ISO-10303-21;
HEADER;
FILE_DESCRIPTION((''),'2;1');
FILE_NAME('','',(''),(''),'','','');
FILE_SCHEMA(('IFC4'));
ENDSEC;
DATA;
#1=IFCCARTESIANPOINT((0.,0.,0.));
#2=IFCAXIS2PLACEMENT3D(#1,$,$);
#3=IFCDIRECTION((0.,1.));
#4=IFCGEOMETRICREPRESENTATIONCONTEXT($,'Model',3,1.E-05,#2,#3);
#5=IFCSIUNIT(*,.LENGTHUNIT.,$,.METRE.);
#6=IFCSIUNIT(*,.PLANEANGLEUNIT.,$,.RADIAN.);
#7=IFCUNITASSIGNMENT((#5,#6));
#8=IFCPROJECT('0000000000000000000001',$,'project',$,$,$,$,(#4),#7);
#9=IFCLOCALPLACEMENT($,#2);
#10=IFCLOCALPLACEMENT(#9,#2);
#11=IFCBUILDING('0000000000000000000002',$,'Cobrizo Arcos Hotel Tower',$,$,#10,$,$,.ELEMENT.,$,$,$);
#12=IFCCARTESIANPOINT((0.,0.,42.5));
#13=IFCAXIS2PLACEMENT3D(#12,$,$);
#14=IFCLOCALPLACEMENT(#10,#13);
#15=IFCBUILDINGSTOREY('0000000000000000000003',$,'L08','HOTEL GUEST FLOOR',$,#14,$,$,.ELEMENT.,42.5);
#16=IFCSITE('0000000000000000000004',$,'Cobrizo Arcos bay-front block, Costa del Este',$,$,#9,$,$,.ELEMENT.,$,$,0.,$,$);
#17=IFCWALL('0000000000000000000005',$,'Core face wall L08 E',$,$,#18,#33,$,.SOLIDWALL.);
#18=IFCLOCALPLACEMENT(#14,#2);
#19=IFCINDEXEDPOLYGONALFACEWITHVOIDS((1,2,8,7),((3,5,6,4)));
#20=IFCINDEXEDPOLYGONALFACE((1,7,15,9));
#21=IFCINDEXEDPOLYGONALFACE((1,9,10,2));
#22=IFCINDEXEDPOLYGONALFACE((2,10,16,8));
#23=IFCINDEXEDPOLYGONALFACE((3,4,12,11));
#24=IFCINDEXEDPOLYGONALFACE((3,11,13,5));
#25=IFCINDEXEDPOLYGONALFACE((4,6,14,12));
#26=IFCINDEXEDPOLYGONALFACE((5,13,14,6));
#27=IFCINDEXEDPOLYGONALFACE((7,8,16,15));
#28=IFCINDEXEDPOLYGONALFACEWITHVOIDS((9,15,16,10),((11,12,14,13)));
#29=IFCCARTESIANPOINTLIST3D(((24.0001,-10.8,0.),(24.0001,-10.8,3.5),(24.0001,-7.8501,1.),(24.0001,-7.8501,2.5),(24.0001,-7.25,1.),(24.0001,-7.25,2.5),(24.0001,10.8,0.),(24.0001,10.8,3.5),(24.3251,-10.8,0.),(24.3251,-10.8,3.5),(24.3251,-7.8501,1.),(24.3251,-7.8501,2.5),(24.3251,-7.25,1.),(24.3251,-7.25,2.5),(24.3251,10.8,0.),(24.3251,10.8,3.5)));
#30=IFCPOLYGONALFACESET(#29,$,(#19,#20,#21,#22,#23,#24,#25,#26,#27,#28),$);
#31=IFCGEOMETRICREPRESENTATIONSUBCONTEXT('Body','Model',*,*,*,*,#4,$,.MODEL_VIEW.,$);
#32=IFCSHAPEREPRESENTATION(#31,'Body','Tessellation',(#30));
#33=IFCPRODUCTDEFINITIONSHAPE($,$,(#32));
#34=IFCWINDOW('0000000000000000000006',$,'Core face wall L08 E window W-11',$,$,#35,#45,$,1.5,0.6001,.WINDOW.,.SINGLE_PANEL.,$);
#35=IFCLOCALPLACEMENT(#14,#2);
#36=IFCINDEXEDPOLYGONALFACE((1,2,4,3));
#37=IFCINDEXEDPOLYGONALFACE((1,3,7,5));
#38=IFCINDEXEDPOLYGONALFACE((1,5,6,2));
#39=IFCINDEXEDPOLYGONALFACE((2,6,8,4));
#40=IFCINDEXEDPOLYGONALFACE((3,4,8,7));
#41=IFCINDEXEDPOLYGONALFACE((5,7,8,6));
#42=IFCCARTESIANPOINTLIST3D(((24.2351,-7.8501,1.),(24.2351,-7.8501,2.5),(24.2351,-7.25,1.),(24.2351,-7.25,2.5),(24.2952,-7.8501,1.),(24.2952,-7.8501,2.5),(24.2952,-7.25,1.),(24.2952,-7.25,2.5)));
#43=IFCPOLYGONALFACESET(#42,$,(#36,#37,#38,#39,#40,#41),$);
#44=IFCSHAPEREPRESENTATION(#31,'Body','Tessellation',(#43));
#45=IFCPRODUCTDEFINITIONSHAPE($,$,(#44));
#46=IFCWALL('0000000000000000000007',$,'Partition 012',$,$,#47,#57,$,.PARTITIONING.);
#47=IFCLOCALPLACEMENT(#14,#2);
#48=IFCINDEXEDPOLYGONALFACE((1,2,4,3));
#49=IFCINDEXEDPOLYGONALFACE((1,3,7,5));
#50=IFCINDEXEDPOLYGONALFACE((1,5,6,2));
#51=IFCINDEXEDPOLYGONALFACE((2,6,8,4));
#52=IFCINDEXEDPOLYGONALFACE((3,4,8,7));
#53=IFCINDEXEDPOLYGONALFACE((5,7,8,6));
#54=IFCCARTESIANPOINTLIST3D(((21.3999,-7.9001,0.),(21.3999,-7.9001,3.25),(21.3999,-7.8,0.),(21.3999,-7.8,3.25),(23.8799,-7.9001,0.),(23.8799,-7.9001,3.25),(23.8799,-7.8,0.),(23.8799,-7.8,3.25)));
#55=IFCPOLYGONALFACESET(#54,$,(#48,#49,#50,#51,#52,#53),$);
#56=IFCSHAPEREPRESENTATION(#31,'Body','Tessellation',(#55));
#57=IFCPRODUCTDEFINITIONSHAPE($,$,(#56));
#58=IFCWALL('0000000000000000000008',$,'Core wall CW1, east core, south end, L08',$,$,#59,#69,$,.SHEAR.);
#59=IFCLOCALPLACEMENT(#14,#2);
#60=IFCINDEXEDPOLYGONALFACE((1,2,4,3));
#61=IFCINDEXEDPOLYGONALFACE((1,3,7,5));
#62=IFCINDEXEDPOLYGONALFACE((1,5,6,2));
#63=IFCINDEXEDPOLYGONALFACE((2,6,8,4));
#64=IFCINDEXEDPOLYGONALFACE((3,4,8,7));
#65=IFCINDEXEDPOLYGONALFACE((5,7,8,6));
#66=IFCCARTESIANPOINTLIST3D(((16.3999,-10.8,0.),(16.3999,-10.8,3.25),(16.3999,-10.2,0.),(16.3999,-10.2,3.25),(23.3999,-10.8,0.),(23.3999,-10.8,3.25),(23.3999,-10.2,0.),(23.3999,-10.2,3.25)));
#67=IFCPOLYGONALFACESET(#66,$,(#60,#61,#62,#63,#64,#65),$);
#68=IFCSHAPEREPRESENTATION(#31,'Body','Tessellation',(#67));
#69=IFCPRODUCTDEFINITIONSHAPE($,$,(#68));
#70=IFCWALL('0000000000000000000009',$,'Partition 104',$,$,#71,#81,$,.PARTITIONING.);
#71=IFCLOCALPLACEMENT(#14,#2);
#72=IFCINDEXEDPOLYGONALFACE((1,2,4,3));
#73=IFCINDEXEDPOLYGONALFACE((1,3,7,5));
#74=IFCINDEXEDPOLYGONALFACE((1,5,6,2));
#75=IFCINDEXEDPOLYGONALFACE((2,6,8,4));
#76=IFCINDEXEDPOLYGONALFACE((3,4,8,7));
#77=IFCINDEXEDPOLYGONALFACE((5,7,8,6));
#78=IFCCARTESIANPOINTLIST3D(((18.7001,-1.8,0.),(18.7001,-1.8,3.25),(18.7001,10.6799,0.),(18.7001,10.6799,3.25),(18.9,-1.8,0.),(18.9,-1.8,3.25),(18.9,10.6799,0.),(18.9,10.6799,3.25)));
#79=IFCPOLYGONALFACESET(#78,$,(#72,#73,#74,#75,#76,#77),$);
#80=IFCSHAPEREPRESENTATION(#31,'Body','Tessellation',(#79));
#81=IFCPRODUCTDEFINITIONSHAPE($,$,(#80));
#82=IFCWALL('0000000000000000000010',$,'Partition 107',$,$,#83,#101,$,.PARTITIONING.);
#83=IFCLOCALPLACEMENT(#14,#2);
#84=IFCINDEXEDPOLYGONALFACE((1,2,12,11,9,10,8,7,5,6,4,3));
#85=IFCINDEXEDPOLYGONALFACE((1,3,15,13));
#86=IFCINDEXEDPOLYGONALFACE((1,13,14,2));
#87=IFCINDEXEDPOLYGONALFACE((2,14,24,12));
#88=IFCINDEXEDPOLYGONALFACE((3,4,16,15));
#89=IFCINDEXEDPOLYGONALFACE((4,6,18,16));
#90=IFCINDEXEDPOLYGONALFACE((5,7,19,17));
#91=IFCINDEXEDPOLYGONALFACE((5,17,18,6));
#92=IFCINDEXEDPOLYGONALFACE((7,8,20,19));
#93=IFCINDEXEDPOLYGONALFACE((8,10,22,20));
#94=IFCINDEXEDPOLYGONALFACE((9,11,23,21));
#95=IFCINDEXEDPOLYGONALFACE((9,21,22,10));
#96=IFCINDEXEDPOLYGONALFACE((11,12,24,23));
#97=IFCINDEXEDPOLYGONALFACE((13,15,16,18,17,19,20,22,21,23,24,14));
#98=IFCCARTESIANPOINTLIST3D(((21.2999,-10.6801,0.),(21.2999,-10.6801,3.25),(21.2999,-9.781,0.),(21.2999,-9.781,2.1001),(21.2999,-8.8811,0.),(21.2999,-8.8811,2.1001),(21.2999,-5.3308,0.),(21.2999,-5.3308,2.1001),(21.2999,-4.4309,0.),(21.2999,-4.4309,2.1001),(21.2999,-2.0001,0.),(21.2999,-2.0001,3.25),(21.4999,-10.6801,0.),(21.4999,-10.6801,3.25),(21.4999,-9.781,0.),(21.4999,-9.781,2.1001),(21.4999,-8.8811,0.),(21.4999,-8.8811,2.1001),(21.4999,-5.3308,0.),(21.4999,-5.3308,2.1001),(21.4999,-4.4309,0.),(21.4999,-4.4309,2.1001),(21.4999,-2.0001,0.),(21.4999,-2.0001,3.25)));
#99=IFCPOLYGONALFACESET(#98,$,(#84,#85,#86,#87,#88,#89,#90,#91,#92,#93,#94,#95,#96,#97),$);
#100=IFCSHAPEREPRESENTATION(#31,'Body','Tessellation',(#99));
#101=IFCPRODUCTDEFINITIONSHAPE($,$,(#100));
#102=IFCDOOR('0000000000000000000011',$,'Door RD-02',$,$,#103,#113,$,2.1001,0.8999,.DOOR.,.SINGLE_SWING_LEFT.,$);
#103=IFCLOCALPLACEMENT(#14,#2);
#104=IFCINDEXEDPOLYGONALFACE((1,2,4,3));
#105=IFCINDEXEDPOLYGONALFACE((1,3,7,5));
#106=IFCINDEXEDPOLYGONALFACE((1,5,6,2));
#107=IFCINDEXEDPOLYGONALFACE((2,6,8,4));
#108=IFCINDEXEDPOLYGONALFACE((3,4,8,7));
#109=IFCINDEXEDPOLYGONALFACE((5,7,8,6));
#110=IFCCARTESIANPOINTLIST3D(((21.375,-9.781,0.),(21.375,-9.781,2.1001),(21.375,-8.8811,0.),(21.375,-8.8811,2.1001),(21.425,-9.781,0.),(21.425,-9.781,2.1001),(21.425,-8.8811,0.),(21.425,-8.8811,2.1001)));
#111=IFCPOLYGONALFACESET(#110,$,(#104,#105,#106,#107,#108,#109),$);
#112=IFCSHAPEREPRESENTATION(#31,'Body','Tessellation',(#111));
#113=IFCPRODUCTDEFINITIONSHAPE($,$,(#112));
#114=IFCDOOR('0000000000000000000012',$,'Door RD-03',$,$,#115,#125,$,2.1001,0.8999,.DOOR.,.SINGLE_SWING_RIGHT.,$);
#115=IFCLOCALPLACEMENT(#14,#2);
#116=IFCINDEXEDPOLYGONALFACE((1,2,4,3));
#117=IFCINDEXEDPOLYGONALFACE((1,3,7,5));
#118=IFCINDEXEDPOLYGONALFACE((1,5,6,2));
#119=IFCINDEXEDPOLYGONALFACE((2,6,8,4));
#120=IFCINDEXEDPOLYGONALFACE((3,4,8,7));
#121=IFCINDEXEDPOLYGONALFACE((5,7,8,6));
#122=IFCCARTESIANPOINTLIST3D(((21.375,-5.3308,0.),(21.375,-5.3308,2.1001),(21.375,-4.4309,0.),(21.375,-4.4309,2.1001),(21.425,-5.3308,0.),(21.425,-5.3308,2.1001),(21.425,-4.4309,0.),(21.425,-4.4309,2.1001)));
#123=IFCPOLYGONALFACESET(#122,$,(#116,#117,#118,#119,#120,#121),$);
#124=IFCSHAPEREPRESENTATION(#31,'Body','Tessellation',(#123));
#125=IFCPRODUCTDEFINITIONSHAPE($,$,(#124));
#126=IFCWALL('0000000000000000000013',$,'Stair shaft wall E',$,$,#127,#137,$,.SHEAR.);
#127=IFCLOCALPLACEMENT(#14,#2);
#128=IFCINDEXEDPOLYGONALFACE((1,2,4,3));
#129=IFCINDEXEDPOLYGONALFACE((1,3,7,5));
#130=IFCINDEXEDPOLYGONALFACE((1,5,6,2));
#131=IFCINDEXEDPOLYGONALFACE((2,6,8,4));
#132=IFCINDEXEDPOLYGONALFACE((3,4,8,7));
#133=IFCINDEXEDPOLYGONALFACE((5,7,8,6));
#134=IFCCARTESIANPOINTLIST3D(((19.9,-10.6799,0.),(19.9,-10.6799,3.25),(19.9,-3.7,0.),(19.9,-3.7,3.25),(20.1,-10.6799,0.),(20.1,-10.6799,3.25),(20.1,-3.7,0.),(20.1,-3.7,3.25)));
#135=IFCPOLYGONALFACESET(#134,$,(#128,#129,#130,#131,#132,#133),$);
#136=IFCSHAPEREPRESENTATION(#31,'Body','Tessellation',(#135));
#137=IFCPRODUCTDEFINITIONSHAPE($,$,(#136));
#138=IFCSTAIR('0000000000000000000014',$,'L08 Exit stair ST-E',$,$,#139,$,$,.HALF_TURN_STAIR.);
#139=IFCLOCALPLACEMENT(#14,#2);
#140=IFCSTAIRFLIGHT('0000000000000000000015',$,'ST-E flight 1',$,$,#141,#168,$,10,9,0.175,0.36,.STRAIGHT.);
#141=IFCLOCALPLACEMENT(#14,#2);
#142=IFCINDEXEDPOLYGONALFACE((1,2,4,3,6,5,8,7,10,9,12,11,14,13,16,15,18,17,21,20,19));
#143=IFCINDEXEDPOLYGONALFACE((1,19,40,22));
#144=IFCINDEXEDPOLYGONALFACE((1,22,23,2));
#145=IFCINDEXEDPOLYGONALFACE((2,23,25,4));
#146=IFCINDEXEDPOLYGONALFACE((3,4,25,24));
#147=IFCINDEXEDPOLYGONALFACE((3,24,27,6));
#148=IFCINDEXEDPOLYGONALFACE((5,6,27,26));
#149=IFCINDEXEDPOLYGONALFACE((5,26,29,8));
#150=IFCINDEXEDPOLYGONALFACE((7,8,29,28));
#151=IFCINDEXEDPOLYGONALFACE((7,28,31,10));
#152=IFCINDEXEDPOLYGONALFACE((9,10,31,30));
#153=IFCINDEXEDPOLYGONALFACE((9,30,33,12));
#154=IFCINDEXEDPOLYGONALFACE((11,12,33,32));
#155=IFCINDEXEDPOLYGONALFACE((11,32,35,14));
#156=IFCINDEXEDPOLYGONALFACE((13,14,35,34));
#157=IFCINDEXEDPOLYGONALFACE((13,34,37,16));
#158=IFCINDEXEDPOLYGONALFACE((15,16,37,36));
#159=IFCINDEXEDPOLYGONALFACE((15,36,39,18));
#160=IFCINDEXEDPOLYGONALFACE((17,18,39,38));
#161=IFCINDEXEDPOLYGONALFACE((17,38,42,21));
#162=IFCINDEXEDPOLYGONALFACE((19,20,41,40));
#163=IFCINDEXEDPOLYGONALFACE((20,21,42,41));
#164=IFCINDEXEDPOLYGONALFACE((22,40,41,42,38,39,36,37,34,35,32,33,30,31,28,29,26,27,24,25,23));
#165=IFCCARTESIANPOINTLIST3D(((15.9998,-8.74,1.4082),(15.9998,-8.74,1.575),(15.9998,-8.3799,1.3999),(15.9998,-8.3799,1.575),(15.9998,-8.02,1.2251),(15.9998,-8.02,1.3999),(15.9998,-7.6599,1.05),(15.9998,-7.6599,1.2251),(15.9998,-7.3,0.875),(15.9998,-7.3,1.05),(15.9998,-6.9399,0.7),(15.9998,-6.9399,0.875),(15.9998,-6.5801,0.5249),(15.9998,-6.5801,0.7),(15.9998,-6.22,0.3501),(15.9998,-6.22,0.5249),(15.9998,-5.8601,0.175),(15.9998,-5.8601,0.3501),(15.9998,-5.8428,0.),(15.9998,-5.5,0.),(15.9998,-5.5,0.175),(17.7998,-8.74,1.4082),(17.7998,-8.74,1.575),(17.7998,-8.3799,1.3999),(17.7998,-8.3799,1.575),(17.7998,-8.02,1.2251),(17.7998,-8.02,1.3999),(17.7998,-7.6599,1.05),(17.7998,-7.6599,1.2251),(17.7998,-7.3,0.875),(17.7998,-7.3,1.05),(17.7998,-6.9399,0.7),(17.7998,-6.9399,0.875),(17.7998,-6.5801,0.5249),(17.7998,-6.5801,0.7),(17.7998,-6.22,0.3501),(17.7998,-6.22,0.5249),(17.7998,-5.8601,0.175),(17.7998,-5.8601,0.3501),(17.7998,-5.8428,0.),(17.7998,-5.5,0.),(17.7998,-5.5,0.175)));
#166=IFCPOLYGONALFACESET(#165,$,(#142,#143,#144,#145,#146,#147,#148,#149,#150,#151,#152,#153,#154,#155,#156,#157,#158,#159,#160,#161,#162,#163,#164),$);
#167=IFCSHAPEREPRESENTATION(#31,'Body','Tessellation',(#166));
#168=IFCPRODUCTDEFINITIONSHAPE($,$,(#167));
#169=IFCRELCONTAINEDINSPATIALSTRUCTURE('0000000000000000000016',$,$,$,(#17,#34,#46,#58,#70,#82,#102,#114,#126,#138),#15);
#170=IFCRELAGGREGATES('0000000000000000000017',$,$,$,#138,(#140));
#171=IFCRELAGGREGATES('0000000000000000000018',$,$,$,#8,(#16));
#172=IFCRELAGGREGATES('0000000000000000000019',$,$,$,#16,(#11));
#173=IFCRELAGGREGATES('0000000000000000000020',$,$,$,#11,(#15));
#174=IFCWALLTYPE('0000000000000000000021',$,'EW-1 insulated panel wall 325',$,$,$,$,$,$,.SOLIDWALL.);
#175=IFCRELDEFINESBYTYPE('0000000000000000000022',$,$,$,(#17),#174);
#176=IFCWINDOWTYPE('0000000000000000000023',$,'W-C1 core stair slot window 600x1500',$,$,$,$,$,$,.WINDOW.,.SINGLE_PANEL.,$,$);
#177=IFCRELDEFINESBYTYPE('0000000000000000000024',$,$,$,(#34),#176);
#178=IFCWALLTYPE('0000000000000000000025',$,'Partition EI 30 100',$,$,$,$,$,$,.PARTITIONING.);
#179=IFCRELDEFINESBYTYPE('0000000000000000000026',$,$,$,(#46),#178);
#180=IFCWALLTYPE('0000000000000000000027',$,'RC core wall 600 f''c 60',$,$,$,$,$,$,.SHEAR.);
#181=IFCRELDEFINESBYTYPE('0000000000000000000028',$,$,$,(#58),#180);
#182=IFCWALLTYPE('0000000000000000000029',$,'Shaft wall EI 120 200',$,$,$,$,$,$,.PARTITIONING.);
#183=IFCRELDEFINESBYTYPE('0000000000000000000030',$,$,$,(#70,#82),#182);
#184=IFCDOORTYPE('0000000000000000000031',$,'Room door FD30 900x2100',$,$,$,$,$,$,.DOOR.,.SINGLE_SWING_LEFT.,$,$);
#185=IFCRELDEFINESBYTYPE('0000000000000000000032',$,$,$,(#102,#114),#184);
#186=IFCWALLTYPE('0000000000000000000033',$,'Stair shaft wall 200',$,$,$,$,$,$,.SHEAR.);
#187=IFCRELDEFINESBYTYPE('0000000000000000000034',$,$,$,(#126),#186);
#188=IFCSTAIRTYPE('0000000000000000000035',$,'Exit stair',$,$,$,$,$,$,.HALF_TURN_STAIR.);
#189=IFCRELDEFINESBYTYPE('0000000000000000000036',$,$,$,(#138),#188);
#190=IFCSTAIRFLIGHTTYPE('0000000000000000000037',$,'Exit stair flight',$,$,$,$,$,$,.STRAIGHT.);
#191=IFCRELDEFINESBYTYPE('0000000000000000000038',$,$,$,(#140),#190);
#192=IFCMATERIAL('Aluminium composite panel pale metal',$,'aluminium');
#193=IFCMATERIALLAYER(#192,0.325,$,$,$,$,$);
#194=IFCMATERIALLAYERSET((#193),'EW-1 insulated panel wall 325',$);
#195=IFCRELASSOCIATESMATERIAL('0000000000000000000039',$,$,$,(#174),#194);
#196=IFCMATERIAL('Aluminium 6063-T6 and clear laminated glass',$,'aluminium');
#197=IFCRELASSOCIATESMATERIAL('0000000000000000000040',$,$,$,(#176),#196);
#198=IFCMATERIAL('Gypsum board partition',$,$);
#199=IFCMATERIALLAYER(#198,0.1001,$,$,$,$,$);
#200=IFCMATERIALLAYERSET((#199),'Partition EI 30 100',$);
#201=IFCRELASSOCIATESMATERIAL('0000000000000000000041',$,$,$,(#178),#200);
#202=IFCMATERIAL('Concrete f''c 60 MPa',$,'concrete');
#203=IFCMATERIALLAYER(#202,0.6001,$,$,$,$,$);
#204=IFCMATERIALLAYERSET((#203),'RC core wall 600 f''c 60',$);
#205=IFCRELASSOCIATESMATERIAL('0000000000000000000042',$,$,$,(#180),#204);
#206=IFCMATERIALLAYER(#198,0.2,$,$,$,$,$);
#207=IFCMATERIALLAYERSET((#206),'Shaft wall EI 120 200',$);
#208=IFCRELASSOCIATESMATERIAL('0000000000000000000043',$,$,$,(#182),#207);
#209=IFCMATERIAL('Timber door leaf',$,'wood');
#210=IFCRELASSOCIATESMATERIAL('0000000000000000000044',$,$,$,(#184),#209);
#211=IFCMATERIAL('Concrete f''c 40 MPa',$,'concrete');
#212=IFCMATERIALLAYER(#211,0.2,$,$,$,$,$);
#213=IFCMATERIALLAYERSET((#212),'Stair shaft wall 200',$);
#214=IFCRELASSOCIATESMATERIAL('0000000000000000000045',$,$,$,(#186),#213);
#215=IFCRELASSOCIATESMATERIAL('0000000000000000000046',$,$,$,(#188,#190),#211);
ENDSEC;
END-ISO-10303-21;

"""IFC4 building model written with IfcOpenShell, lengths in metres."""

from ifc_helpers import new_model, si_unit, direction, frame, frame_2d, origin, place, context, subcontext, project, spatial, polyline, rectangle, outline, extrude, material, layer, layer_set, type_object, element, fill, aggregate, save


model = new_model("IFC4")

# Units and contexts
model_context = context("Model", 3, precision=1e-05, world=origin(), true_north=direction((0.0, 1.0)))
body_context = subcontext(model_context, "Body", "Model", "MODEL_VIEW")
ifc_project = project(units=[si_unit("LENGTHUNIT", "METRE"), si_unit("PLANEANGLEUNIT", "RADIAN")], contexts=[model_context])

# Site, building, storey
site_placement = place(None, origin())
site = spatial("IfcSite", under=ifc_project, at=site_placement, Name="Cobrizo Arcos bay-front block, Costa del Este", CompositionType="ELEMENT", RefElevation=0.0)
building_placement = place(site_placement, origin())
building = spatial("IfcBuilding", under=site, at=building_placement, Name="Cobrizo Arcos Hotel Tower", CompositionType="ELEMENT")
storey_placement = place(building_placement, frame((0.0, 0.0, 42.5)))
storey = spatial("IfcBuildingStorey", under=building, at=storey_placement, Name="L08", Description="HOTEL GUEST FLOOR", CompositionType="ELEMENT", Elevation=42.5)

# Wall, opening, window
ifc_material_1 = material(Name="Aluminium composite panel pale metal", Category="aluminium")
ifc_layer_1 = layer(ifc_material_1, 0.325)
ifc_layer_set_1 = layer_set([ifc_layer_1], Name="EW-1 insulated panel wall 325")
wall_type_1 = type_object("IfcWallType", Name="EW-1 insulated panel wall 325", PredefinedType="SOLIDWALL", material=ifc_layer_set_1)
wall_1_placement = place(storey_placement, frame((24.1626, -10.8, 0.0), z_axis=(0.0, 0.0, 1.0), x_axis=(0.0, 1.0, 0.0)))
wall_1 = element("IfcWall", 1, at=wall_1_placement, inside=storey, type_object=wall_type_1, Name="Core face wall L08 E", PredefinedType="SOLIDWALL", context=body_context, shape_type="SweptSolid", body=[
    extrude(rectangle(XDim=21.6001, YDim=0.325, at=frame_2d((10.8, 0.0))), origin(), (0.0, 0.0, 1.0), 3.5),
])
opening_1_placement = place(wall_1_placement, frame((2.95, 0.0, 1.0)))
opening_1 = element("IfcOpeningElement", 2, at=opening_1_placement, cuts=wall_1, PredefinedType="OPENING", context=body_context, shape_type="SweptSolid", body=[
    extrude(rectangle(XDim=0.6001, YDim=1.5, at=frame_2d((0.3, 0.75))), frame((0.0, 0.1746, 0.0), z_axis=(0.0, -1.0, 0.0), x_axis=(1.0, 0.0, 0.0)), (0.0, 0.0, 1.0), 0.3489),
])
ifc_material_2 = material(Name="Aluminium 6063-T6 and clear laminated glass", Category="aluminium")
window_type = type_object("IfcWindowType", Name="W-C1 core stair slot window 600x1500", PartitioningType="SINGLE_PANEL", PredefinedType="WINDOW", material=ifc_material_2)
window_placement = place(opening_1_placement, origin())
window = element("IfcWindow", 3, at=window_placement, inside=storey, type_object=window_type, Name="Core face wall L08 E window W-11", OverallHeight=1.5, OverallWidth=0.6001, PartitioningType="SINGLE_PANEL", PredefinedType="WINDOW", context=body_context, shape_type="SweptSolid", body=[
    extrude(rectangle(XDim=0.6001, YDim=1.5, at=frame_2d((0.3, 0.75))), frame((0.0, -0.0725, 0.0), z_axis=(0.0, -1.0, 0.0), x_axis=(1.0, 0.0, 0.0)), (0.0, 0.0, 1.0), 0.0601),
])
fill(opening_1, window)

# Walls
ifc_material_3 = material(Name="Gypsum board partition")
ifc_layer_2 = layer(ifc_material_3, 0.1001)
ifc_layer_set_2 = layer_set([ifc_layer_2], Name="Partition EI 30 100")
wall_type_2 = type_object("IfcWallType", Name="Partition EI 30 100", PredefinedType="PARTITIONING", material=ifc_layer_set_2)
wall_2_placement = place(storey_placement, frame((21.3999, -7.8501, 0.0), z_axis=(0.0, 0.0, 1.0), x_axis=(1.0, 0.0, 0.0)))
element("IfcWall", 4, at=wall_2_placement, inside=storey, type_object=wall_type_2, Name="Partition 012", PredefinedType="PARTITIONING", context=body_context, shape_type="SweptSolid", body=[
    extrude(rectangle(XDim=2.48, YDim=0.1001, at=frame_2d((1.24, 0.0))), origin(), (0.0, 0.0, 1.0), 3.25),
])
ifc_material_4 = material(Name="Concrete f'c 60 MPa", Category="concrete")
ifc_layer_3 = layer(ifc_material_4, 0.6001)
ifc_layer_set_3 = layer_set([ifc_layer_3], Name="RC core wall 600 f'c 60")
wall_type_3 = type_object("IfcWallType", Name="RC core wall 600 f'c 60", PredefinedType="SHEAR", material=ifc_layer_set_3)
wall_3_placement = place(storey_placement, frame((16.3999, -10.5, 0.0), z_axis=(0.0, 0.0, 1.0), x_axis=(1.0, 0.0, 0.0)))
element("IfcWall", 5, at=wall_3_placement, inside=storey, type_object=wall_type_3, Name="Core wall CW1, east core, south end, L08", PredefinedType="SHEAR", context=body_context, shape_type="SweptSolid", body=[
    extrude(rectangle(XDim=7.0, YDim=0.6001, at=frame_2d((3.5, 0.0))), origin(), (0.0, 0.0, 1.0), 3.25),
])
ifc_layer_4 = layer(ifc_material_3, 0.2)
ifc_layer_set_4 = layer_set([ifc_layer_4], Name="Shaft wall EI 120 200")
wall_type_4 = type_object("IfcWallType", Name="Shaft wall EI 120 200", PredefinedType="PARTITIONING", material=ifc_layer_set_4)
wall_4_placement = place(storey_placement, frame((18.8, -1.8, 0.0), z_axis=(0.0, 0.0, 1.0), x_axis=(0.0, 1.0, 0.0)))
element("IfcWall", 6, at=wall_4_placement, inside=storey, type_object=wall_type_4, Name="Partition 104", PredefinedType="PARTITIONING", context=body_context, shape_type="SweptSolid", body=[
    extrude(rectangle(XDim=12.48, YDim=0.2, at=frame_2d((6.24, 0.0))), origin(), (0.0, 0.0, 1.0), 3.25),
])

# Wall, openings, doors
wall_5_placement = place(storey_placement, frame((21.3999, -10.6799, 0.0), z_axis=(0.0, 0.0, 1.0), x_axis=(0.0, 1.0, 0.0)))
wall_5 = element("IfcWall", 7, at=wall_5_placement, inside=storey, type_object=wall_type_4, Name="Partition 107", PredefinedType="PARTITIONING", context=body_context, shape_type="SweptSolid", body=[
    extrude(rectangle(XDim=8.6799, YDim=0.2, at=frame_2d((4.3398, 0.0))), origin(), (0.0, 0.0, 1.0), 3.25),
])
opening_2_placement = place(wall_5_placement, frame((0.8989, 0.0, 0.0)))
opening_2 = element("IfcOpeningElement", 8, at=opening_2_placement, cuts=wall_5, PredefinedType="OPENING", context=body_context, shape_type="SweptSolid", body=[
    extrude(rectangle(XDim=0.8999, YDim=2.1001, at=frame_2d((0.45, 1.05))), frame((0.0, 0.1121, 0.0), z_axis=(0.0, -1.0, 0.0), x_axis=(1.0, 0.0, 0.0)), (0.0, 0.0, 1.0), 0.2239),
])
opening_3_placement = place(wall_5_placement, frame((5.3491, 0.0, 0.0)))
opening_3 = element("IfcOpeningElement", 9, at=opening_3_placement, cuts=wall_5, PredefinedType="OPENING", context=body_context, shape_type="SweptSolid", body=[
    extrude(rectangle(XDim=0.8999, YDim=2.1001, at=frame_2d((0.45, 1.05))), frame((0.0, 0.1121, 0.0), z_axis=(0.0, -1.0, 0.0), x_axis=(1.0, 0.0, 0.0)), (0.0, 0.0, 1.0), 0.2239),
])
ifc_material_5 = material(Name="Timber door leaf", Category="wood")
door_type = type_object("IfcDoorType", Name="Room door FD30 900x2100", OperationType="SINGLE_SWING_LEFT", PredefinedType="DOOR", material=ifc_material_5)
door_1_placement = place(opening_2_placement, origin())
door_1 = element("IfcDoor", 10, at=door_1_placement, inside=storey, type_object=door_type, Name="Door RD-02", OperationType="SINGLE_SWING_LEFT", OverallHeight=2.1001, OverallWidth=0.8999, PredefinedType="DOOR", context=body_context, shape_type="SweptSolid", body=[
    extrude(rectangle(XDim=0.8999, YDim=2.1001, at=frame_2d((0.45, 1.05))), frame((0.0, 0.0249, 0.0), z_axis=(0.0, -1.0, 0.0), x_axis=(1.0, 0.0, 0.0)), (0.0, 0.0, 1.0), 0.05),
])
fill(opening_2, door_1)
door_2_placement = place(opening_3_placement, origin())
door_2 = element("IfcDoor", 11, at=door_2_placement, inside=storey, type_object=door_type, Name="Door RD-03", OperationType="SINGLE_SWING_RIGHT", OverallHeight=2.1001, OverallWidth=0.8999, PredefinedType="DOOR", context=body_context, shape_type="SweptSolid", body=[
    extrude(rectangle(XDim=0.8999, YDim=2.1001, at=frame_2d((0.45, 1.05))), frame((0.0, 0.0249, 0.0), z_axis=(0.0, -1.0, 0.0), x_axis=(1.0, 0.0, 0.0)), (0.0, 0.0, 1.0), 0.05),
])
fill(opening_3, door_2)

# Wall
ifc_material_6 = material(Name="Concrete f'c 40 MPa", Category="concrete")
ifc_layer_5 = layer(ifc_material_6, 0.2)
ifc_layer_set_5 = layer_set([ifc_layer_5], Name="Stair shaft wall 200")
wall_type_5 = type_object("IfcWallType", Name="Stair shaft wall 200", PredefinedType="SHEAR", material=ifc_layer_set_5)
wall_6_placement = place(storey_placement, frame((20.0, -10.6799, 0.0), z_axis=(0.0, 0.0, 1.0), x_axis=(0.0, 1.0, 0.0)))
element("IfcWall", 12, at=wall_6_placement, inside=storey, type_object=wall_type_5, Name="Stair shaft wall E", PredefinedType="SHEAR", context=body_context, shape_type="SweptSolid", body=[
    extrude(rectangle(XDim=6.98, YDim=0.2, at=frame_2d((3.49, 0.0))), origin(), (0.0, 0.0, 1.0), 3.25),
])

# Stair, stair flight
stair_type = type_object("IfcStairType", Name="Exit stair", PredefinedType="HALF_TURN_STAIR", material=ifc_material_6)
stair_placement = place(storey_placement, origin())
stair = element("IfcStair", 13, at=stair_placement, inside=storey, type_object=stair_type, Name="L08 Exit stair ST-E", PredefinedType="HALF_TURN_STAIR")
stair_flight_type = type_object("IfcStairFlightType", Name="Exit stair flight", PredefinedType="STRAIGHT", material=ifc_material_6)
stair_flight_1_placement = place(storey_placement, frame((16.8999, -5.5, 0.0), z_axis=(0.0, 0.0, 1.0), x_axis=(0.0, -1.0, 0.0)))
stair_flight_1 = element("IfcStairFlight", 14, at=stair_flight_1_placement, type_object=stair_flight_type, Name="ST-E flight 1", NumberOfRisers=10, NumberOfTreads=9, PredefinedType="STRAIGHT", RiserHeight=0.175, TreadLength=0.36, context=body_context, shape_type="SweptSolid", body=[
    extrude(outline(polyline([(0.0, 0.0), (0.0, 0.175), (0.3601, 0.175), (0.3601, 0.3501), (0.72, 0.3501), (0.72, 0.5249), (1.0801, 0.5249), (1.0801, 0.7), (1.4399, 0.7), (1.4399, 0.875), (1.8, 0.875), (1.8, 1.05), (2.1599, 1.05), (2.1599, 1.2251), (2.52, 1.2251), (2.52, 1.3999), (2.8799, 1.3999), (2.8799, 1.575), (3.24, 1.575), (3.24, 1.75), (3.24, 1.4082), (0.3428, 0.0), (0.0, 0.0)])), frame((0.0, 0.8999, 0.0), z_axis=(0.0, -1.0, 0.0), x_axis=(1.0, 0.0, 0.0)), (0.0, 0.0, 1.0), 1.8),
])
aggregate(stair, [stair_flight_1])

save(model, "model.ifc")
